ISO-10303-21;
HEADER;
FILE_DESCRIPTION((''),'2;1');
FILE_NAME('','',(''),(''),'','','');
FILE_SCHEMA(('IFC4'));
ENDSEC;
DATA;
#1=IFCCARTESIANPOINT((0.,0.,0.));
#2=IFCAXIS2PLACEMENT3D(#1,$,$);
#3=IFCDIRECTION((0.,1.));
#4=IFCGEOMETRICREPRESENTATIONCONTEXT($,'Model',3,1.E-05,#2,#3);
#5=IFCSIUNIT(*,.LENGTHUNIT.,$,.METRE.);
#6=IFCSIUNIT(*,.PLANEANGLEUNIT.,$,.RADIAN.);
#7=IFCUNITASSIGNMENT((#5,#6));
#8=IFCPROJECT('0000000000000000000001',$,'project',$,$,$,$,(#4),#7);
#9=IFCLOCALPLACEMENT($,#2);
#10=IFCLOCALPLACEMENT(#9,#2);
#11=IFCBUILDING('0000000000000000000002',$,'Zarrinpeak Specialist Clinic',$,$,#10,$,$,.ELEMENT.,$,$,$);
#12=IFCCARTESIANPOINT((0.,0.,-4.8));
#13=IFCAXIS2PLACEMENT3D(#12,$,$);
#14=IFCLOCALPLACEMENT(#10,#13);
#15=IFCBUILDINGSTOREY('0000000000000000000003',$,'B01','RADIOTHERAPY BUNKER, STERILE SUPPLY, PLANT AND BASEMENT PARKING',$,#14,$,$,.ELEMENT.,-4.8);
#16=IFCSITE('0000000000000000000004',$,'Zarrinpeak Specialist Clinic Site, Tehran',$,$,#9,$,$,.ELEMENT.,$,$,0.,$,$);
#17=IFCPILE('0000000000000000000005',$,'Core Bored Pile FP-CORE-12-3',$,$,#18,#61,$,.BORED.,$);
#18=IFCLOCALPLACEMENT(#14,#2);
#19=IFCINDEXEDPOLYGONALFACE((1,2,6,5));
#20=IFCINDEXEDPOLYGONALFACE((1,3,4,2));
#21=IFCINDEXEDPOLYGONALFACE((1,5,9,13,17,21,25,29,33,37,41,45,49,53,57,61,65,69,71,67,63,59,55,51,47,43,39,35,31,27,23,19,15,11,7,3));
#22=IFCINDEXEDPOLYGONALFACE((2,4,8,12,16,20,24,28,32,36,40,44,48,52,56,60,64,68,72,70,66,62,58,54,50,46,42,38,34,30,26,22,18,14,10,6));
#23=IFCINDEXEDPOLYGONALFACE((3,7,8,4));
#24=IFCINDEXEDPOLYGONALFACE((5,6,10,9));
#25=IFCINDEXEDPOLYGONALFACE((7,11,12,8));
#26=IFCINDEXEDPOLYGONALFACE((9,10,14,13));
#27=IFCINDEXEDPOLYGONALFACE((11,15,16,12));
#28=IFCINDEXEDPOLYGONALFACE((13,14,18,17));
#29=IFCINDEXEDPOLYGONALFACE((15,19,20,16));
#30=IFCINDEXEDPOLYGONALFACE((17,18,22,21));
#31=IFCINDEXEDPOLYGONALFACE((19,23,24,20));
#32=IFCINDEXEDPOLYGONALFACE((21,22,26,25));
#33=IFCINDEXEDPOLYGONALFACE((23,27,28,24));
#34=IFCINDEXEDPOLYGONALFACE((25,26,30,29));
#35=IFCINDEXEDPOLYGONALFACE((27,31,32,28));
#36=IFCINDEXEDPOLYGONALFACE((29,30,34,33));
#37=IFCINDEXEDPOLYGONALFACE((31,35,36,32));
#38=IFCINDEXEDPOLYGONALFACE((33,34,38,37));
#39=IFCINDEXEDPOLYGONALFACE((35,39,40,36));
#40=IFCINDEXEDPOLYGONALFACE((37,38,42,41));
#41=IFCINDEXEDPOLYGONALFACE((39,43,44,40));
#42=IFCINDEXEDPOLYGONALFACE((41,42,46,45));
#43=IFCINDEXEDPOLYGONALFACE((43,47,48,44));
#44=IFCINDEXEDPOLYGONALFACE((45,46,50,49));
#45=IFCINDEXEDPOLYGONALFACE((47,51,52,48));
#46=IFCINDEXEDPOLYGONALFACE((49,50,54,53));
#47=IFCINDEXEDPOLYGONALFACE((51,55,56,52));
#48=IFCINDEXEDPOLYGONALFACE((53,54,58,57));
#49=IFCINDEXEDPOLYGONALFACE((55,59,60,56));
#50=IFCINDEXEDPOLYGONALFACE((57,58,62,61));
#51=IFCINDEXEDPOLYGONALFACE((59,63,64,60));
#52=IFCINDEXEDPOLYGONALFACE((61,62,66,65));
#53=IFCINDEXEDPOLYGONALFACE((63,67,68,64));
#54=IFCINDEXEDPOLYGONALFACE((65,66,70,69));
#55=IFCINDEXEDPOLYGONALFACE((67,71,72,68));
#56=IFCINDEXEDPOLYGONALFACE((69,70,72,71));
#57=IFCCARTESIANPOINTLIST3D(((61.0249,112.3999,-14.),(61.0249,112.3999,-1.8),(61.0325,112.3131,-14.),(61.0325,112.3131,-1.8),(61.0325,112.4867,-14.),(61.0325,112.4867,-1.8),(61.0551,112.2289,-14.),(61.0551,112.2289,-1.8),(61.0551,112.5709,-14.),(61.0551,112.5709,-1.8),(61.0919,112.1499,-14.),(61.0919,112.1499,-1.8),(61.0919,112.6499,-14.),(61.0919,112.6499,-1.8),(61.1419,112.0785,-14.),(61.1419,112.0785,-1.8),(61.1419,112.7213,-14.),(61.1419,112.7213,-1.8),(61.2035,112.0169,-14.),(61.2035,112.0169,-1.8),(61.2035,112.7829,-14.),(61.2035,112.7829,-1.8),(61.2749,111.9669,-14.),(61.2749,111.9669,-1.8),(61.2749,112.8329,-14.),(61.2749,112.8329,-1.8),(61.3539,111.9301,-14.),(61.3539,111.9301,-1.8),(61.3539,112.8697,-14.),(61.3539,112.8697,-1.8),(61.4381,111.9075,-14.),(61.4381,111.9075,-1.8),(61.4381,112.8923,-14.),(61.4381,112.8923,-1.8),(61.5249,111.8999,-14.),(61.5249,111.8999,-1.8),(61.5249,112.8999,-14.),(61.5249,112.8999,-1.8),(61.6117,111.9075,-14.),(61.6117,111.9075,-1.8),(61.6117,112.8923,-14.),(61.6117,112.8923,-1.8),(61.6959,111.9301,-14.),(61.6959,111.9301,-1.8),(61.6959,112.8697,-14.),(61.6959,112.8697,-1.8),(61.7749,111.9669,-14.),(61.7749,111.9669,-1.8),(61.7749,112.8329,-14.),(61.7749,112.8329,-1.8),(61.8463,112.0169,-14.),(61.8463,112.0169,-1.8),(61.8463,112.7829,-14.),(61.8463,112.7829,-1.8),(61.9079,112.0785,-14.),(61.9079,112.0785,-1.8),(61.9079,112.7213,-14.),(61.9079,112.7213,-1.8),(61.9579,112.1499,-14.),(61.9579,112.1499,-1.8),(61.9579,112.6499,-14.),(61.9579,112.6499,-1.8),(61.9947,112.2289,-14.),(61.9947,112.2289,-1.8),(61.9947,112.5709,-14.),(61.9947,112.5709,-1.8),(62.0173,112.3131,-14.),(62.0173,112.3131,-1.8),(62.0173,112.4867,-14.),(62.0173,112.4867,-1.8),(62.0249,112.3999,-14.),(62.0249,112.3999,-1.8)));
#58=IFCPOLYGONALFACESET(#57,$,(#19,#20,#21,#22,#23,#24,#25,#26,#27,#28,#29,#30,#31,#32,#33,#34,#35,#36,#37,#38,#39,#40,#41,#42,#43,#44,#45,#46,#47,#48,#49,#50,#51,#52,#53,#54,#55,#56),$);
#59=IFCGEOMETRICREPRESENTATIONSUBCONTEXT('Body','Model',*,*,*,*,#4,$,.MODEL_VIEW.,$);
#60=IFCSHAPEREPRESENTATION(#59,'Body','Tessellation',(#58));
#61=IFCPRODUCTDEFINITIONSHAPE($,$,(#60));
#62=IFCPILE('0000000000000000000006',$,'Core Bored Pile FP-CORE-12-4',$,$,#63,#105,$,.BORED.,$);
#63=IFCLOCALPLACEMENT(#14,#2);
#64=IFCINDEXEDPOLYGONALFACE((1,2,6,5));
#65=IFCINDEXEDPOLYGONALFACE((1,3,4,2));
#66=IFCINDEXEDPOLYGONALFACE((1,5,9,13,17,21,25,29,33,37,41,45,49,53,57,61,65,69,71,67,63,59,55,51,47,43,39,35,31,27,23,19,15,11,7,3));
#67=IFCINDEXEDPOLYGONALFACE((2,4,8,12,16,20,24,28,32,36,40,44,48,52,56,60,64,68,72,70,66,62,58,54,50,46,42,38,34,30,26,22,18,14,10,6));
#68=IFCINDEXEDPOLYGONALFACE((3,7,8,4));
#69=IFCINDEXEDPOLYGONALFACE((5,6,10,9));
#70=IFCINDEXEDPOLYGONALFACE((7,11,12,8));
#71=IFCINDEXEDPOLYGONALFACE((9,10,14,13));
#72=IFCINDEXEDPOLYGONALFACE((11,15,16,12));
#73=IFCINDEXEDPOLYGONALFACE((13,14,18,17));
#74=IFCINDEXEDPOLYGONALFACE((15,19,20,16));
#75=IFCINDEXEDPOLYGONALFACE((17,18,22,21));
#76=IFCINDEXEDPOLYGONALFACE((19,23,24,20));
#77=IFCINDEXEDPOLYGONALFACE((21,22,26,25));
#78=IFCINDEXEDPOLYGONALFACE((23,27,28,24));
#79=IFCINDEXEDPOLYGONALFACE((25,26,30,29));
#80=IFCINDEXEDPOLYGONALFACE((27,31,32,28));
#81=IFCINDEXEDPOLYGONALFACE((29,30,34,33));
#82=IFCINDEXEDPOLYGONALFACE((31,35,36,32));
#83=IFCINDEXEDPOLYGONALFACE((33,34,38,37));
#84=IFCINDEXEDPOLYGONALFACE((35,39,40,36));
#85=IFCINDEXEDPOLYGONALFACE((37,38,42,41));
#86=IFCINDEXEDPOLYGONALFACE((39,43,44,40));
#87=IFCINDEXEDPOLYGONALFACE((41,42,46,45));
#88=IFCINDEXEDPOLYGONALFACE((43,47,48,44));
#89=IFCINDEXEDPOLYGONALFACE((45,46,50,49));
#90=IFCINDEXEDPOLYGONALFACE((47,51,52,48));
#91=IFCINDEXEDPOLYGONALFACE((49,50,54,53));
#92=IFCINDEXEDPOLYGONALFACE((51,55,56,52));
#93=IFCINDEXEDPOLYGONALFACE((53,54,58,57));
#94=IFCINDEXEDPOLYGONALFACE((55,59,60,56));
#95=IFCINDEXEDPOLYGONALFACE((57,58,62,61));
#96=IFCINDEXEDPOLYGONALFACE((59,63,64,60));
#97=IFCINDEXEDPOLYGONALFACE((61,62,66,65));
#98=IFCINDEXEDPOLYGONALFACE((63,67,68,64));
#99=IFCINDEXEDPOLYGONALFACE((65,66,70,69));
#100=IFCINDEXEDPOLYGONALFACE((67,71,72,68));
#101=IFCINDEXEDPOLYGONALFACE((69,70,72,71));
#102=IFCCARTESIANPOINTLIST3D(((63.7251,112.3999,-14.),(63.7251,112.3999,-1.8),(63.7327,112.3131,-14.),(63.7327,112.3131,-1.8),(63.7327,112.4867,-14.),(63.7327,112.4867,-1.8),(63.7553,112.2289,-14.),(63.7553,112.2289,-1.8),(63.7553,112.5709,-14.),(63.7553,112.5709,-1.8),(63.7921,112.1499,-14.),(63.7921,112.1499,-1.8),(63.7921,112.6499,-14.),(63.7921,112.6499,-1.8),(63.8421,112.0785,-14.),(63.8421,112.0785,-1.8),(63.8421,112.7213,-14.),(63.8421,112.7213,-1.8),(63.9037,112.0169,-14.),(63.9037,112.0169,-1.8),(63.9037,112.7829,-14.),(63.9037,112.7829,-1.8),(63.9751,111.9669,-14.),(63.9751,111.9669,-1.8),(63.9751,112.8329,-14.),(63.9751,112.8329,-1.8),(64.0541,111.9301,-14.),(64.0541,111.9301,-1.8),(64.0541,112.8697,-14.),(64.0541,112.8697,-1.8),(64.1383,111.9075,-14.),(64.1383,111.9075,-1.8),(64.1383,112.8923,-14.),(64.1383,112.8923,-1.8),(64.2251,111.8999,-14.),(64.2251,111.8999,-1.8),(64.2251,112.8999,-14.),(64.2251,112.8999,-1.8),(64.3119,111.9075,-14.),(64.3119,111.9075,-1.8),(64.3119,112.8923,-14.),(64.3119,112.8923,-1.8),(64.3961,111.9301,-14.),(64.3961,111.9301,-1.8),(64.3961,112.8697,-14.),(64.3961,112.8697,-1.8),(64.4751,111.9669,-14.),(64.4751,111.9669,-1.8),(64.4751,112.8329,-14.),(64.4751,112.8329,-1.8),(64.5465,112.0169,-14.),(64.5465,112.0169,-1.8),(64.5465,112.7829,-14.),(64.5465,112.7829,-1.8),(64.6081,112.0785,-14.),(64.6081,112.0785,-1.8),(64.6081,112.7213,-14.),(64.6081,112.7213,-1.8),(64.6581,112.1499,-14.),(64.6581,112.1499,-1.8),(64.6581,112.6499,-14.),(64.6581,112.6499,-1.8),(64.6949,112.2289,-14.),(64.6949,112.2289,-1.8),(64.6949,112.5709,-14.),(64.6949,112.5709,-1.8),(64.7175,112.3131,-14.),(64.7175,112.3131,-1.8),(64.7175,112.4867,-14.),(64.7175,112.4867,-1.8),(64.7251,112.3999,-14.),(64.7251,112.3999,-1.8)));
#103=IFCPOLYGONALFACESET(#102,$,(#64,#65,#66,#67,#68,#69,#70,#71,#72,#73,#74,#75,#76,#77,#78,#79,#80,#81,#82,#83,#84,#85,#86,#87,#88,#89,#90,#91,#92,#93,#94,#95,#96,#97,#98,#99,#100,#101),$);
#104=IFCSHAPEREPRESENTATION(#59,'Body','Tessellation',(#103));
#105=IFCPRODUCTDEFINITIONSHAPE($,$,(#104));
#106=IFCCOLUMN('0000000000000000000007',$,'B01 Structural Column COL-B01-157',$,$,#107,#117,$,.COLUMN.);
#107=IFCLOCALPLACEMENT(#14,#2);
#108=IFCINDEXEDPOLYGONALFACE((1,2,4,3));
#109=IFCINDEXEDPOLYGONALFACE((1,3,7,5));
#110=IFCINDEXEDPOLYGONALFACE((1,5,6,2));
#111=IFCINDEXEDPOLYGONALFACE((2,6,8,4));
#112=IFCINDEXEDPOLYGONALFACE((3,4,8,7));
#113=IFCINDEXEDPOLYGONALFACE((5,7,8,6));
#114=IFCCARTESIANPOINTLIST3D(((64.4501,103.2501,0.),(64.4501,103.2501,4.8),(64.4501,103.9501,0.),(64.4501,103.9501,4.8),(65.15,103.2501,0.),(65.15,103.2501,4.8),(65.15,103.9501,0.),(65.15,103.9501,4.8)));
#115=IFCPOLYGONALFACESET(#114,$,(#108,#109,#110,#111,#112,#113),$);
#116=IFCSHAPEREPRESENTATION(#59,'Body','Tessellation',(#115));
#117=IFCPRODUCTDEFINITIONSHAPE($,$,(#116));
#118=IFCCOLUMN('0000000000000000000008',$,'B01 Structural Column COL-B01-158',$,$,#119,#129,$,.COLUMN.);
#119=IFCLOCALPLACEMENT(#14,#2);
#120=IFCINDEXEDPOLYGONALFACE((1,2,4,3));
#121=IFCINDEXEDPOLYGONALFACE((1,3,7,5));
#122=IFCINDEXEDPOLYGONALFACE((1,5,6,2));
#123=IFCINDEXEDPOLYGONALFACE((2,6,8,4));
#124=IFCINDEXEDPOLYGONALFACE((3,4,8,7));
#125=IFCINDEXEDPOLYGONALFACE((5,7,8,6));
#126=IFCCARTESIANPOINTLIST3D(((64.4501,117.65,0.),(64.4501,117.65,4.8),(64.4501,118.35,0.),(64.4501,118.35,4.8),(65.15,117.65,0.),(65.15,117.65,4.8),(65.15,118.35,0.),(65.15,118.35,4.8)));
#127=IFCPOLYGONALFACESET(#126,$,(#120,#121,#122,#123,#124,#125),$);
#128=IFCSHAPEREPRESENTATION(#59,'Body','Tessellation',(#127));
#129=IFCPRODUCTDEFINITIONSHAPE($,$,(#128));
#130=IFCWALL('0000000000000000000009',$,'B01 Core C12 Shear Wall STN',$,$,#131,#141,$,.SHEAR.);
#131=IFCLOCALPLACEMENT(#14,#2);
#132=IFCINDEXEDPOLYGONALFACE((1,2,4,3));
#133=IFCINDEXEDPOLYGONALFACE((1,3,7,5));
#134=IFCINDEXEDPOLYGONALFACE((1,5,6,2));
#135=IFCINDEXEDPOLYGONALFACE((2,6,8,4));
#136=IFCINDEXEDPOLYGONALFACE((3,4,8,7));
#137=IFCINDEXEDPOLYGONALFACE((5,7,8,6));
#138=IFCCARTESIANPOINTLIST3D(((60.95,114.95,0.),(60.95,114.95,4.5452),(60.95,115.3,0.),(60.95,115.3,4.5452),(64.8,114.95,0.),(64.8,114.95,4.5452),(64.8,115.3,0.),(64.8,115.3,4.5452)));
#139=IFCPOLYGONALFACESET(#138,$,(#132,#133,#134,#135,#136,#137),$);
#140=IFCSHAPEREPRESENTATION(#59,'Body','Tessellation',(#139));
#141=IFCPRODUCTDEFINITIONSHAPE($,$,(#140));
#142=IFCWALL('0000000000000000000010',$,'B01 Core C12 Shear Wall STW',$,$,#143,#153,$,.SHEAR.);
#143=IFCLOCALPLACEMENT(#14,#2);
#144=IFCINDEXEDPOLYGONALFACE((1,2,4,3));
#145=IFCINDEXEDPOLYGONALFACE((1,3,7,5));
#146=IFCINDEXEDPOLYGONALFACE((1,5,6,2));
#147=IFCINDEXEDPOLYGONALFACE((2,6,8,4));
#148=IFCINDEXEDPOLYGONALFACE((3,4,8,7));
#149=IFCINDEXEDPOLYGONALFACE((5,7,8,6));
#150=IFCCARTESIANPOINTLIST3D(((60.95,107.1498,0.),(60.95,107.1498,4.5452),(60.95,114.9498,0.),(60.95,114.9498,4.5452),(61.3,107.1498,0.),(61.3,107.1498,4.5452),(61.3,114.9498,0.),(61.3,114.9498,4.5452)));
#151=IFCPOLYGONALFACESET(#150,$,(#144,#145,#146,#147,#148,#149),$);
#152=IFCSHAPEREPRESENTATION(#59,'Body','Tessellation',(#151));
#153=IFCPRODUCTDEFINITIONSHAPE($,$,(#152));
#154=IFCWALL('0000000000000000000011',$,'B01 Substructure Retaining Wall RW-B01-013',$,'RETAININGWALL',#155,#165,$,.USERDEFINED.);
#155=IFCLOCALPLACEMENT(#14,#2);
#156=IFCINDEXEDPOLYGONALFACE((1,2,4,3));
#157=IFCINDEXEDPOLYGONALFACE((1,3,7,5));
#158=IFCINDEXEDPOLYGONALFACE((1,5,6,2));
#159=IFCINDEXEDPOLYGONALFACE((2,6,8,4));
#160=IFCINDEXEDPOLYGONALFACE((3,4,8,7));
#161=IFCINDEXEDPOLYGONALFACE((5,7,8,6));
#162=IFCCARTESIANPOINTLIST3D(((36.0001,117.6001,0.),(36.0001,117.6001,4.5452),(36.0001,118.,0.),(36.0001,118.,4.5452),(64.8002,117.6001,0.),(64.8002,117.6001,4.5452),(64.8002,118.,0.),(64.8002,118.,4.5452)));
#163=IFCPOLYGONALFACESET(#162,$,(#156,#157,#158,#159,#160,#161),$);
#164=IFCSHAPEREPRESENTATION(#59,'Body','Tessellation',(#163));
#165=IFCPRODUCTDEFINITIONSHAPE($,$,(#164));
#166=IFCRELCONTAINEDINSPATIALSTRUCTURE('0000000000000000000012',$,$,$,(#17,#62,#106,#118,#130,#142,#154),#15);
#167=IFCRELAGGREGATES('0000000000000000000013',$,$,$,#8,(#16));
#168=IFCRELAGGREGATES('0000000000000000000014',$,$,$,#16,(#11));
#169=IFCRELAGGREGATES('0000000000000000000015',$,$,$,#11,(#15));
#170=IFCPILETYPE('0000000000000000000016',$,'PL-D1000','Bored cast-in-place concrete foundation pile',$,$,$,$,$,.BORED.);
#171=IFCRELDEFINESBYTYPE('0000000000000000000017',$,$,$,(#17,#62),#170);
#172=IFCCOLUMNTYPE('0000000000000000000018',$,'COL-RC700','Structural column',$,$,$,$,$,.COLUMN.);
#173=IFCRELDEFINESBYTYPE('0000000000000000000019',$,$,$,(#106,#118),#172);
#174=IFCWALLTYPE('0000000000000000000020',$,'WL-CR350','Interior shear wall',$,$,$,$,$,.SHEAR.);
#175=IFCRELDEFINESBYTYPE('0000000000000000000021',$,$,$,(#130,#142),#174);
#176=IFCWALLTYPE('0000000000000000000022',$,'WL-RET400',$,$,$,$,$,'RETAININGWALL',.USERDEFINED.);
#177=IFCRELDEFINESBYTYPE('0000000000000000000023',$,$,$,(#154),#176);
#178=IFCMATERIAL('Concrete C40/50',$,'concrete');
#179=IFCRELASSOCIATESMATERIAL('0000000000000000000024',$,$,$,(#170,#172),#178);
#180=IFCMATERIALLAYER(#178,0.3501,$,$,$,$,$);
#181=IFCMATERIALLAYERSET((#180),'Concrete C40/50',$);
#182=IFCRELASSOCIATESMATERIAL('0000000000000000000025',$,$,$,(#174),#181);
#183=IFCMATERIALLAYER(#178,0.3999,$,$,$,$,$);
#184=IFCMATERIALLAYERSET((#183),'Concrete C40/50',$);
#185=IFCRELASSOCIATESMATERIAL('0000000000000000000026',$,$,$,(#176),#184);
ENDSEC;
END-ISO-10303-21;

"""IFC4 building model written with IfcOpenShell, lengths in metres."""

from ifc_helpers import new_model, si_unit, direction, frame, frame_2d, origin, origin_2d, place, context, subcontext, project, spatial, rectangle, circle, extrude, material, layer, layer_set, material_profile, profile_set, type_object, element, save


model = new_model("IFC4")

# Units and contexts
model_context = context("Model", 3, precision=1e-05, world=origin(), true_north=direction((0.0, 1.0)))
body_context = subcontext(model_context, "Body", "Model", "MODEL_VIEW")
ifc_project = project(units=[si_unit("LENGTHUNIT", "METRE"), si_unit("PLANEANGLEUNIT", "RADIAN")], contexts=[model_context])

# Site, building, storey
site_placement = place(None, origin())
site = spatial("IfcSite", under=ifc_project, at=site_placement, Name="Zarrinpeak Specialist Clinic Site, Tehran", CompositionType="ELEMENT", RefElevation=0.0)
building_placement = place(site_placement, origin())
building = spatial("IfcBuilding", under=site, at=building_placement, Name="Zarrinpeak Specialist Clinic", CompositionType="ELEMENT")
storey_placement = place(building_placement, frame((0.0, 0.0, -4.8)))
storey = spatial("IfcBuildingStorey", under=building, at=storey_placement, Name="B01", Description="RADIOTHERAPY BUNKER, STERILE SUPPLY, PLANT AND BASEMENT PARKING", CompositionType="ELEMENT", Elevation=-4.8)

# Shared definitions
ifc_material_1 = material(Name="Concrete C40/50", Category="concrete")

# Piles
ifc_material_profile_1 = material_profile(ifc_material_1, circle(Radius=0.5, at=origin_2d()), Name="BORED PILE D1000")
ifc_profile_set_1 = profile_set([ifc_material_profile_1], Name="Concrete C40/50")
pile_type = type_object("IfcPileType", Name="PL-D1000", Description="Bored cast-in-place concrete foundation pile", PredefinedType="BORED", material=ifc_profile_set_1)
for number, where, z_axis, x_axis, name in (
    (1, (61.5249, 112.3999, -1.8), (0.0, 0.0, -1.0), (1.0, 0.0, 0.0), "Core Bored Pile FP-CORE-12-3"),
    (2, (64.2251, 112.3999, -1.8), (0.0, 0.0, -1.0), (1.0, 0.0, 0.0), "Core Bored Pile FP-CORE-12-4"),
):
    element("IfcPile", number, at=place(storey_placement, frame(where, z_axis=z_axis, x_axis=x_axis)), inside=storey, type_object=pile_type, Name=name, PredefinedType="BORED", context=body_context, shape_type="SweptSolid", body=[
        extrude(circle(Radius=0.5, at=origin_2d()), origin(), (0.0, 0.0, 1.0), 12.2),
    ])

# Columns
ifc_material_profile_2 = material_profile(ifc_material_1, rectangle(XDim=0.7, YDim=0.7, at=origin_2d()), Name="RC 700x700")
ifc_profile_set_2 = profile_set([ifc_material_profile_2], Name="Concrete C40/50")
column_type = type_object("IfcColumnType", Name="COL-RC700", Description="Structural column", PredefinedType="COLUMN", material=ifc_profile_set_2)
for number, where, z_axis, x_axis, name in (
    (3, (64.8, 103.6001, 0.0), (0.0, 0.0, 1.0), (1.0, 0.0, 0.0), "B01 Structural Column COL-B01-157"),
    (4, (64.8, 118.0, 0.0), (0.0, 0.0, 1.0), (1.0, 0.0, 0.0), "B01 Structural Column COL-B01-158"),
):
    element("IfcColumn", number, at=place(storey_placement, frame(where, z_axis=z_axis, x_axis=x_axis)), inside=storey, type_object=column_type, Name=name, PredefinedType="COLUMN", context=body_context, shape_type="SweptSolid", body=[
        extrude(rectangle(XDim=0.7, YDim=0.7, at=origin_2d()), origin(), (0.0, 0.0, 1.0), 4.8),
    ])

# Shared definitions
ifc_layer_1 = layer(ifc_material_1, 0.3501)
ifc_layer_set_1 = layer_set([ifc_layer_1], Name="Concrete C40/50")
wall_type_1 = type_object("IfcWallType", Name="WL-CR350", Description="Interior shear wall", PredefinedType="SHEAR", material=ifc_layer_set_1)

# Walls
wall_1_placement = place(storey_placement, frame((60.95, 115.125, 0.0), z_axis=(0.0, 0.0, 1.0), x_axis=(1.0, 0.0, 0.0)))
element("IfcWall", 5, at=wall_1_placement, inside=storey, type_object=wall_type_1, Name="B01 Core C12 Shear Wall STN", PredefinedType="SHEAR", context=body_context, shape_type="SweptSolid", body=[
    extrude(rectangle(XDim=3.8501, YDim=0.3501, at=frame_2d((1.925, 0.0))), origin(), (0.0, 0.0, 1.0), 4.5452),
])
wall_2_placement = place(storey_placement, frame((61.125, 107.1499, 0.0), z_axis=(0.0, 0.0, 1.0), x_axis=(0.0, 1.0, 0.0)))
element("IfcWall", 6, at=wall_2_placement, inside=storey, type_object=wall_type_1, Name="B01 Core C12 Shear Wall STW", PredefinedType="SHEAR", context=body_context, shape_type="SweptSolid", body=[
    extrude(rectangle(XDim=7.8, YDim=0.3501, at=frame_2d((3.8999, 0.0))), origin(), (0.0, 0.0, 1.0), 4.5452),
])
ifc_layer_2 = layer(ifc_material_1, 0.3999)
ifc_layer_set_2 = layer_set([ifc_layer_2], Name="Concrete C40/50")
wall_type_2 = type_object("IfcWallType", Name="WL-RET400", ElementType="RETAININGWALL", PredefinedType="USERDEFINED", material=ifc_layer_set_2)
wall_3_placement = place(storey_placement, frame((64.8, 117.8, 0.0), z_axis=(0.0, 0.0, 1.0), x_axis=(-1.0, 0.0, 0.0)))
element("IfcWall", 7, at=wall_3_placement, inside=storey, type_object=wall_type_2, Name="B01 Substructure Retaining Wall RW-B01-013", ObjectType="RETAININGWALL", PredefinedType="USERDEFINED", context=body_context, shape_type="SweptSolid", body=[
    extrude(rectangle(XDim=28.8, YDim=0.3999, at=frame_2d((14.3999, 0.0))), origin(), (0.0, 0.0, 1.0), 4.5452),
])

save(model, "model.ifc")
